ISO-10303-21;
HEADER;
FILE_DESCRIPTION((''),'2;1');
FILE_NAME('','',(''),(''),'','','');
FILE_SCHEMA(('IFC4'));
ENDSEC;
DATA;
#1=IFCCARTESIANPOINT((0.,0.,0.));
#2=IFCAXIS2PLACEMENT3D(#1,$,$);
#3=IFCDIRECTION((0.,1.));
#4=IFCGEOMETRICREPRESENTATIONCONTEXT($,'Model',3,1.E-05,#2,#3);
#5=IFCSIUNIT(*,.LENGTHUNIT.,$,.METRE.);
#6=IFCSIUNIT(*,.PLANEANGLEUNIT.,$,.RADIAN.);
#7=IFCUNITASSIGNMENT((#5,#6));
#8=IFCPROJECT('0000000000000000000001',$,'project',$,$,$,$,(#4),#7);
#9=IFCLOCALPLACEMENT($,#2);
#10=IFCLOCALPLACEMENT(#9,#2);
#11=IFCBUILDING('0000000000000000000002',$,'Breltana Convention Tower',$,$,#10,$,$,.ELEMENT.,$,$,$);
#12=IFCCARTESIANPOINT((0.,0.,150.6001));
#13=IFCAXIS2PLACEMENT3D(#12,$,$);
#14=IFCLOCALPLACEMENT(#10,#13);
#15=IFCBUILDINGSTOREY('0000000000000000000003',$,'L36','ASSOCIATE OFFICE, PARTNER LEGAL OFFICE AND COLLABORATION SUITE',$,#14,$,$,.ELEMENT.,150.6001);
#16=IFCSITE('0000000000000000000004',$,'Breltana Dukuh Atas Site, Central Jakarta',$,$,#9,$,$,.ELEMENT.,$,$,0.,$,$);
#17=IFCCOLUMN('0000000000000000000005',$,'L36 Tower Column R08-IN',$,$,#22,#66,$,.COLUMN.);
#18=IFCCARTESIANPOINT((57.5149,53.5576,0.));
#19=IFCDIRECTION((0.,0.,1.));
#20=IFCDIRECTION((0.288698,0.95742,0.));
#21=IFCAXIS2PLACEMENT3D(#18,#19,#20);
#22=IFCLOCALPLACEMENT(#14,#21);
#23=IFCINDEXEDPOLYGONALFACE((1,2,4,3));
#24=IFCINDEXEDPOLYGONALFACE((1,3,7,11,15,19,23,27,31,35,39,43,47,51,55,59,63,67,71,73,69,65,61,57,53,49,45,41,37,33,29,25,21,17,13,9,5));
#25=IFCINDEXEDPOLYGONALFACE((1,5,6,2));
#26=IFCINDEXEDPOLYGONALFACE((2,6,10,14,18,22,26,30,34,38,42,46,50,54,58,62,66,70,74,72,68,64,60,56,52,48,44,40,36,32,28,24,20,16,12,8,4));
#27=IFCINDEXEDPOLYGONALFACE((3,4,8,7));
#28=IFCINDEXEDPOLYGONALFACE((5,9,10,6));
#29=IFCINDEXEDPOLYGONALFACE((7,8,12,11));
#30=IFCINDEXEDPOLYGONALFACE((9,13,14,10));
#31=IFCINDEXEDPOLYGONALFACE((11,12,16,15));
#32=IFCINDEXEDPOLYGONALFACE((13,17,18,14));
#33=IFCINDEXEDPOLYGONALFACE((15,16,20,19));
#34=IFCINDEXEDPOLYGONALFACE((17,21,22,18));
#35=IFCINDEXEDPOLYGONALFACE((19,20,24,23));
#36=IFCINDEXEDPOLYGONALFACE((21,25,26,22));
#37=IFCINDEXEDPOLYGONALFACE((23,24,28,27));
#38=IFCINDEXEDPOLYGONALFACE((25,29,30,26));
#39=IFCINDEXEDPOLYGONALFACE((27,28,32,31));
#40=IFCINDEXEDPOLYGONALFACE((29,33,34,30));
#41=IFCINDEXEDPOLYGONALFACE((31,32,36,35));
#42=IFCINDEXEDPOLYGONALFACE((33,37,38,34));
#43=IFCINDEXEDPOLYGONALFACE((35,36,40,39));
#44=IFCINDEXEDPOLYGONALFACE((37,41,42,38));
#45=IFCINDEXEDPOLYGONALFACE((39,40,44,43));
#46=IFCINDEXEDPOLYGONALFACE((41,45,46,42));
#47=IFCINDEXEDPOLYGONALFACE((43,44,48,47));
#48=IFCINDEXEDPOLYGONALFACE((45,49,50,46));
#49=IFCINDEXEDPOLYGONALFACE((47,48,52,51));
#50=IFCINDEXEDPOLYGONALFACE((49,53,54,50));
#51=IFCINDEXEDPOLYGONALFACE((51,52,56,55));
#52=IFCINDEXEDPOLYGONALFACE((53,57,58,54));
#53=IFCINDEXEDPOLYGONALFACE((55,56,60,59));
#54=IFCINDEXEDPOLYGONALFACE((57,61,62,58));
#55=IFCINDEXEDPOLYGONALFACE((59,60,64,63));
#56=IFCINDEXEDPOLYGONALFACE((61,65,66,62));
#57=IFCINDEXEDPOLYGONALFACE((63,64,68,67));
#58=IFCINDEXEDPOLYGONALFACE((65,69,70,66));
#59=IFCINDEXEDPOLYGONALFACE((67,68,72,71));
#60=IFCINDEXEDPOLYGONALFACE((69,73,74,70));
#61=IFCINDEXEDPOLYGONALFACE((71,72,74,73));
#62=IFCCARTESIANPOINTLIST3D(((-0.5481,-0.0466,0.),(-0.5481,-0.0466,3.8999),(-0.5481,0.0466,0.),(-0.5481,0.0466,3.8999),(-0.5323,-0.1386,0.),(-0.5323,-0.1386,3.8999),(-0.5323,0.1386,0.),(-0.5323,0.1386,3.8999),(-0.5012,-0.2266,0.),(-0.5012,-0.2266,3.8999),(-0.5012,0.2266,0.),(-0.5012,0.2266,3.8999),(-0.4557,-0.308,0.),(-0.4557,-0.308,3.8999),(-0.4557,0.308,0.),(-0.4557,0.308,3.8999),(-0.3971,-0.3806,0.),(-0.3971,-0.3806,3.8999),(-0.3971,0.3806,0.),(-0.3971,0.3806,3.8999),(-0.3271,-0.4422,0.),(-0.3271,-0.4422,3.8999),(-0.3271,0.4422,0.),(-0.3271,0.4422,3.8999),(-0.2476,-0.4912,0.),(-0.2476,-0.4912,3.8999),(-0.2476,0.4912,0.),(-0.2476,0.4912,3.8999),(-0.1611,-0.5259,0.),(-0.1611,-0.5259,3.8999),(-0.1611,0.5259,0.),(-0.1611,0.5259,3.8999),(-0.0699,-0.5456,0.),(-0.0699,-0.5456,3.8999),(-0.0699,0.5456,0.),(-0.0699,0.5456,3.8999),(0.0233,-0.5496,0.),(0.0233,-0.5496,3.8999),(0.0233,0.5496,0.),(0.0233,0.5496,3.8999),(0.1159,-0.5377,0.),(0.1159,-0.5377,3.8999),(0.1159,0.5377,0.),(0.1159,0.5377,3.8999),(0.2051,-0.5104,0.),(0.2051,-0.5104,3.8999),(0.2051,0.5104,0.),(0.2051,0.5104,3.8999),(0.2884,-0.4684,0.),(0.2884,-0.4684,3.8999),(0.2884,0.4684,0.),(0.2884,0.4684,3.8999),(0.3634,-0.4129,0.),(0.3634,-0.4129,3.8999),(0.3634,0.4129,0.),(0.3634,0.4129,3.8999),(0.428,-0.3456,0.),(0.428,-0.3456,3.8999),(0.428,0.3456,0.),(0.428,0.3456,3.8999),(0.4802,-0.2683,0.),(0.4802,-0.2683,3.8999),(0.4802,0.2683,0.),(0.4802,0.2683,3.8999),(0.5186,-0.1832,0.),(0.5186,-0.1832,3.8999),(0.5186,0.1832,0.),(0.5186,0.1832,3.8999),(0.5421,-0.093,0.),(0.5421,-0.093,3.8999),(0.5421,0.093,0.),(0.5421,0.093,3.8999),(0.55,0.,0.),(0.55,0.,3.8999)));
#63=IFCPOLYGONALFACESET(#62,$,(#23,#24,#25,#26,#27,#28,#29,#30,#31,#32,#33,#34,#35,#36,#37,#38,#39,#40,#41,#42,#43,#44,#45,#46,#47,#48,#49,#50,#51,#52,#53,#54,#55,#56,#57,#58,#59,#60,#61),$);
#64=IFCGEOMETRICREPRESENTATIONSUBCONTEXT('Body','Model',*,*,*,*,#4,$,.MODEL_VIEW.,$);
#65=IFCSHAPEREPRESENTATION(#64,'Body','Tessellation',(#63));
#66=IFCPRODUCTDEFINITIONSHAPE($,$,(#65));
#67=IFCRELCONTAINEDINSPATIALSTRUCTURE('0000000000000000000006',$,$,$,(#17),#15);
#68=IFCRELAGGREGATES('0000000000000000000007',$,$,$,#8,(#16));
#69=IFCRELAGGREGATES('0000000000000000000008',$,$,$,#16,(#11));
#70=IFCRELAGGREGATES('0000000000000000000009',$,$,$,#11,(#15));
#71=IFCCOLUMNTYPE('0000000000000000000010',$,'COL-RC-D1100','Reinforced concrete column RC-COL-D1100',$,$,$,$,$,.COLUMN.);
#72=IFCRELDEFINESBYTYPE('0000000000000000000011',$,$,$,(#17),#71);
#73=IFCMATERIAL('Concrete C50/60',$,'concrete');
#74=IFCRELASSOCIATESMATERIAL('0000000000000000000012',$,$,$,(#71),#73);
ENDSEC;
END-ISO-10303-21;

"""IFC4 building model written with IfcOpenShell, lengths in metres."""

from ifc_helpers import new_model, si_unit, direction, frame, origin, origin_2d, place, context, subcontext, project, spatial, circle, extrude, source, transform, mapped, material, material_profile, profile_set, type_object, element, save


model = new_model("IFC4")

# Units and contexts
model_context = context("Model", 3, precision=1e-05, world=origin(), true_north=direction((0.0, 1.0)))
body_context = subcontext(model_context, "Body", "Model", "MODEL_VIEW")
ifc_project = project(units=[si_unit("LENGTHUNIT", "METRE"), si_unit("PLANEANGLEUNIT", "RADIAN")], contexts=[model_context])

# Site, building, storey
site_placement = place(None, origin())
site = spatial("IfcSite", under=ifc_project, at=site_placement, Name="Breltana Dukuh Atas Site, Central Jakarta", CompositionType="ELEMENT", RefElevation=0.0)
building_placement = place(site_placement, origin())
building = spatial("IfcBuilding", under=site, at=building_placement, Name="Breltana Convention Tower", CompositionType="ELEMENT")
storey_placement = place(building_placement, frame((0.0, 0.0, 150.6001)))
storey = spatial("IfcBuildingStorey", under=building, at=storey_placement, Name="L36", Description="ASSOCIATE OFFICE, PARTNER LEGAL OFFICE AND COLLABORATION SUITE", CompositionType="ELEMENT", Elevation=150.6001)

# Column
ifc_material_1 = material(Name="Concrete C50/60", Category="concrete")
ifc_material_profile_1 = material_profile(ifc_material_1, circle(Radius=0.55, at=origin_2d()), Name="RC-COL-D1100")
ifc_profile_set_1 = profile_set([ifc_material_profile_1], Name="Concrete C50/60")
column_type = type_object("IfcColumnType", Name="COL-RC-D1100", Description="Reinforced concrete column RC-COL-D1100", PredefinedType="COLUMN", material=ifc_profile_set_1)
shared_shape_1 = source(origin(), body_context, "Body", "SweptSolid", [
    extrude(circle(Radius=0.55, at=origin_2d()), origin(), (0.0, 0.0, 1.0), 3.8999),
])
for number, where, z_axis, x_axis, name in (
    (1, (57.5149, 53.5576, 0.0), (0.0, 0.0, 1.0), (0.288698, 0.95742, 0.0), "L36 Tower Column R08-IN"),
):
    element("IfcColumn", number, at=place(storey_placement, frame(where, z_axis=z_axis, x_axis=x_axis)), inside=storey, type_object=column_type, Name=name, PredefinedType="COLUMN", context=body_context, shape_type="MappedRepresentation", body=[
        mapped(shared_shape_1, transform((0.0, 0.0, 0.0), scale=1.0)),
    ])

save(model, "model.ifc")
